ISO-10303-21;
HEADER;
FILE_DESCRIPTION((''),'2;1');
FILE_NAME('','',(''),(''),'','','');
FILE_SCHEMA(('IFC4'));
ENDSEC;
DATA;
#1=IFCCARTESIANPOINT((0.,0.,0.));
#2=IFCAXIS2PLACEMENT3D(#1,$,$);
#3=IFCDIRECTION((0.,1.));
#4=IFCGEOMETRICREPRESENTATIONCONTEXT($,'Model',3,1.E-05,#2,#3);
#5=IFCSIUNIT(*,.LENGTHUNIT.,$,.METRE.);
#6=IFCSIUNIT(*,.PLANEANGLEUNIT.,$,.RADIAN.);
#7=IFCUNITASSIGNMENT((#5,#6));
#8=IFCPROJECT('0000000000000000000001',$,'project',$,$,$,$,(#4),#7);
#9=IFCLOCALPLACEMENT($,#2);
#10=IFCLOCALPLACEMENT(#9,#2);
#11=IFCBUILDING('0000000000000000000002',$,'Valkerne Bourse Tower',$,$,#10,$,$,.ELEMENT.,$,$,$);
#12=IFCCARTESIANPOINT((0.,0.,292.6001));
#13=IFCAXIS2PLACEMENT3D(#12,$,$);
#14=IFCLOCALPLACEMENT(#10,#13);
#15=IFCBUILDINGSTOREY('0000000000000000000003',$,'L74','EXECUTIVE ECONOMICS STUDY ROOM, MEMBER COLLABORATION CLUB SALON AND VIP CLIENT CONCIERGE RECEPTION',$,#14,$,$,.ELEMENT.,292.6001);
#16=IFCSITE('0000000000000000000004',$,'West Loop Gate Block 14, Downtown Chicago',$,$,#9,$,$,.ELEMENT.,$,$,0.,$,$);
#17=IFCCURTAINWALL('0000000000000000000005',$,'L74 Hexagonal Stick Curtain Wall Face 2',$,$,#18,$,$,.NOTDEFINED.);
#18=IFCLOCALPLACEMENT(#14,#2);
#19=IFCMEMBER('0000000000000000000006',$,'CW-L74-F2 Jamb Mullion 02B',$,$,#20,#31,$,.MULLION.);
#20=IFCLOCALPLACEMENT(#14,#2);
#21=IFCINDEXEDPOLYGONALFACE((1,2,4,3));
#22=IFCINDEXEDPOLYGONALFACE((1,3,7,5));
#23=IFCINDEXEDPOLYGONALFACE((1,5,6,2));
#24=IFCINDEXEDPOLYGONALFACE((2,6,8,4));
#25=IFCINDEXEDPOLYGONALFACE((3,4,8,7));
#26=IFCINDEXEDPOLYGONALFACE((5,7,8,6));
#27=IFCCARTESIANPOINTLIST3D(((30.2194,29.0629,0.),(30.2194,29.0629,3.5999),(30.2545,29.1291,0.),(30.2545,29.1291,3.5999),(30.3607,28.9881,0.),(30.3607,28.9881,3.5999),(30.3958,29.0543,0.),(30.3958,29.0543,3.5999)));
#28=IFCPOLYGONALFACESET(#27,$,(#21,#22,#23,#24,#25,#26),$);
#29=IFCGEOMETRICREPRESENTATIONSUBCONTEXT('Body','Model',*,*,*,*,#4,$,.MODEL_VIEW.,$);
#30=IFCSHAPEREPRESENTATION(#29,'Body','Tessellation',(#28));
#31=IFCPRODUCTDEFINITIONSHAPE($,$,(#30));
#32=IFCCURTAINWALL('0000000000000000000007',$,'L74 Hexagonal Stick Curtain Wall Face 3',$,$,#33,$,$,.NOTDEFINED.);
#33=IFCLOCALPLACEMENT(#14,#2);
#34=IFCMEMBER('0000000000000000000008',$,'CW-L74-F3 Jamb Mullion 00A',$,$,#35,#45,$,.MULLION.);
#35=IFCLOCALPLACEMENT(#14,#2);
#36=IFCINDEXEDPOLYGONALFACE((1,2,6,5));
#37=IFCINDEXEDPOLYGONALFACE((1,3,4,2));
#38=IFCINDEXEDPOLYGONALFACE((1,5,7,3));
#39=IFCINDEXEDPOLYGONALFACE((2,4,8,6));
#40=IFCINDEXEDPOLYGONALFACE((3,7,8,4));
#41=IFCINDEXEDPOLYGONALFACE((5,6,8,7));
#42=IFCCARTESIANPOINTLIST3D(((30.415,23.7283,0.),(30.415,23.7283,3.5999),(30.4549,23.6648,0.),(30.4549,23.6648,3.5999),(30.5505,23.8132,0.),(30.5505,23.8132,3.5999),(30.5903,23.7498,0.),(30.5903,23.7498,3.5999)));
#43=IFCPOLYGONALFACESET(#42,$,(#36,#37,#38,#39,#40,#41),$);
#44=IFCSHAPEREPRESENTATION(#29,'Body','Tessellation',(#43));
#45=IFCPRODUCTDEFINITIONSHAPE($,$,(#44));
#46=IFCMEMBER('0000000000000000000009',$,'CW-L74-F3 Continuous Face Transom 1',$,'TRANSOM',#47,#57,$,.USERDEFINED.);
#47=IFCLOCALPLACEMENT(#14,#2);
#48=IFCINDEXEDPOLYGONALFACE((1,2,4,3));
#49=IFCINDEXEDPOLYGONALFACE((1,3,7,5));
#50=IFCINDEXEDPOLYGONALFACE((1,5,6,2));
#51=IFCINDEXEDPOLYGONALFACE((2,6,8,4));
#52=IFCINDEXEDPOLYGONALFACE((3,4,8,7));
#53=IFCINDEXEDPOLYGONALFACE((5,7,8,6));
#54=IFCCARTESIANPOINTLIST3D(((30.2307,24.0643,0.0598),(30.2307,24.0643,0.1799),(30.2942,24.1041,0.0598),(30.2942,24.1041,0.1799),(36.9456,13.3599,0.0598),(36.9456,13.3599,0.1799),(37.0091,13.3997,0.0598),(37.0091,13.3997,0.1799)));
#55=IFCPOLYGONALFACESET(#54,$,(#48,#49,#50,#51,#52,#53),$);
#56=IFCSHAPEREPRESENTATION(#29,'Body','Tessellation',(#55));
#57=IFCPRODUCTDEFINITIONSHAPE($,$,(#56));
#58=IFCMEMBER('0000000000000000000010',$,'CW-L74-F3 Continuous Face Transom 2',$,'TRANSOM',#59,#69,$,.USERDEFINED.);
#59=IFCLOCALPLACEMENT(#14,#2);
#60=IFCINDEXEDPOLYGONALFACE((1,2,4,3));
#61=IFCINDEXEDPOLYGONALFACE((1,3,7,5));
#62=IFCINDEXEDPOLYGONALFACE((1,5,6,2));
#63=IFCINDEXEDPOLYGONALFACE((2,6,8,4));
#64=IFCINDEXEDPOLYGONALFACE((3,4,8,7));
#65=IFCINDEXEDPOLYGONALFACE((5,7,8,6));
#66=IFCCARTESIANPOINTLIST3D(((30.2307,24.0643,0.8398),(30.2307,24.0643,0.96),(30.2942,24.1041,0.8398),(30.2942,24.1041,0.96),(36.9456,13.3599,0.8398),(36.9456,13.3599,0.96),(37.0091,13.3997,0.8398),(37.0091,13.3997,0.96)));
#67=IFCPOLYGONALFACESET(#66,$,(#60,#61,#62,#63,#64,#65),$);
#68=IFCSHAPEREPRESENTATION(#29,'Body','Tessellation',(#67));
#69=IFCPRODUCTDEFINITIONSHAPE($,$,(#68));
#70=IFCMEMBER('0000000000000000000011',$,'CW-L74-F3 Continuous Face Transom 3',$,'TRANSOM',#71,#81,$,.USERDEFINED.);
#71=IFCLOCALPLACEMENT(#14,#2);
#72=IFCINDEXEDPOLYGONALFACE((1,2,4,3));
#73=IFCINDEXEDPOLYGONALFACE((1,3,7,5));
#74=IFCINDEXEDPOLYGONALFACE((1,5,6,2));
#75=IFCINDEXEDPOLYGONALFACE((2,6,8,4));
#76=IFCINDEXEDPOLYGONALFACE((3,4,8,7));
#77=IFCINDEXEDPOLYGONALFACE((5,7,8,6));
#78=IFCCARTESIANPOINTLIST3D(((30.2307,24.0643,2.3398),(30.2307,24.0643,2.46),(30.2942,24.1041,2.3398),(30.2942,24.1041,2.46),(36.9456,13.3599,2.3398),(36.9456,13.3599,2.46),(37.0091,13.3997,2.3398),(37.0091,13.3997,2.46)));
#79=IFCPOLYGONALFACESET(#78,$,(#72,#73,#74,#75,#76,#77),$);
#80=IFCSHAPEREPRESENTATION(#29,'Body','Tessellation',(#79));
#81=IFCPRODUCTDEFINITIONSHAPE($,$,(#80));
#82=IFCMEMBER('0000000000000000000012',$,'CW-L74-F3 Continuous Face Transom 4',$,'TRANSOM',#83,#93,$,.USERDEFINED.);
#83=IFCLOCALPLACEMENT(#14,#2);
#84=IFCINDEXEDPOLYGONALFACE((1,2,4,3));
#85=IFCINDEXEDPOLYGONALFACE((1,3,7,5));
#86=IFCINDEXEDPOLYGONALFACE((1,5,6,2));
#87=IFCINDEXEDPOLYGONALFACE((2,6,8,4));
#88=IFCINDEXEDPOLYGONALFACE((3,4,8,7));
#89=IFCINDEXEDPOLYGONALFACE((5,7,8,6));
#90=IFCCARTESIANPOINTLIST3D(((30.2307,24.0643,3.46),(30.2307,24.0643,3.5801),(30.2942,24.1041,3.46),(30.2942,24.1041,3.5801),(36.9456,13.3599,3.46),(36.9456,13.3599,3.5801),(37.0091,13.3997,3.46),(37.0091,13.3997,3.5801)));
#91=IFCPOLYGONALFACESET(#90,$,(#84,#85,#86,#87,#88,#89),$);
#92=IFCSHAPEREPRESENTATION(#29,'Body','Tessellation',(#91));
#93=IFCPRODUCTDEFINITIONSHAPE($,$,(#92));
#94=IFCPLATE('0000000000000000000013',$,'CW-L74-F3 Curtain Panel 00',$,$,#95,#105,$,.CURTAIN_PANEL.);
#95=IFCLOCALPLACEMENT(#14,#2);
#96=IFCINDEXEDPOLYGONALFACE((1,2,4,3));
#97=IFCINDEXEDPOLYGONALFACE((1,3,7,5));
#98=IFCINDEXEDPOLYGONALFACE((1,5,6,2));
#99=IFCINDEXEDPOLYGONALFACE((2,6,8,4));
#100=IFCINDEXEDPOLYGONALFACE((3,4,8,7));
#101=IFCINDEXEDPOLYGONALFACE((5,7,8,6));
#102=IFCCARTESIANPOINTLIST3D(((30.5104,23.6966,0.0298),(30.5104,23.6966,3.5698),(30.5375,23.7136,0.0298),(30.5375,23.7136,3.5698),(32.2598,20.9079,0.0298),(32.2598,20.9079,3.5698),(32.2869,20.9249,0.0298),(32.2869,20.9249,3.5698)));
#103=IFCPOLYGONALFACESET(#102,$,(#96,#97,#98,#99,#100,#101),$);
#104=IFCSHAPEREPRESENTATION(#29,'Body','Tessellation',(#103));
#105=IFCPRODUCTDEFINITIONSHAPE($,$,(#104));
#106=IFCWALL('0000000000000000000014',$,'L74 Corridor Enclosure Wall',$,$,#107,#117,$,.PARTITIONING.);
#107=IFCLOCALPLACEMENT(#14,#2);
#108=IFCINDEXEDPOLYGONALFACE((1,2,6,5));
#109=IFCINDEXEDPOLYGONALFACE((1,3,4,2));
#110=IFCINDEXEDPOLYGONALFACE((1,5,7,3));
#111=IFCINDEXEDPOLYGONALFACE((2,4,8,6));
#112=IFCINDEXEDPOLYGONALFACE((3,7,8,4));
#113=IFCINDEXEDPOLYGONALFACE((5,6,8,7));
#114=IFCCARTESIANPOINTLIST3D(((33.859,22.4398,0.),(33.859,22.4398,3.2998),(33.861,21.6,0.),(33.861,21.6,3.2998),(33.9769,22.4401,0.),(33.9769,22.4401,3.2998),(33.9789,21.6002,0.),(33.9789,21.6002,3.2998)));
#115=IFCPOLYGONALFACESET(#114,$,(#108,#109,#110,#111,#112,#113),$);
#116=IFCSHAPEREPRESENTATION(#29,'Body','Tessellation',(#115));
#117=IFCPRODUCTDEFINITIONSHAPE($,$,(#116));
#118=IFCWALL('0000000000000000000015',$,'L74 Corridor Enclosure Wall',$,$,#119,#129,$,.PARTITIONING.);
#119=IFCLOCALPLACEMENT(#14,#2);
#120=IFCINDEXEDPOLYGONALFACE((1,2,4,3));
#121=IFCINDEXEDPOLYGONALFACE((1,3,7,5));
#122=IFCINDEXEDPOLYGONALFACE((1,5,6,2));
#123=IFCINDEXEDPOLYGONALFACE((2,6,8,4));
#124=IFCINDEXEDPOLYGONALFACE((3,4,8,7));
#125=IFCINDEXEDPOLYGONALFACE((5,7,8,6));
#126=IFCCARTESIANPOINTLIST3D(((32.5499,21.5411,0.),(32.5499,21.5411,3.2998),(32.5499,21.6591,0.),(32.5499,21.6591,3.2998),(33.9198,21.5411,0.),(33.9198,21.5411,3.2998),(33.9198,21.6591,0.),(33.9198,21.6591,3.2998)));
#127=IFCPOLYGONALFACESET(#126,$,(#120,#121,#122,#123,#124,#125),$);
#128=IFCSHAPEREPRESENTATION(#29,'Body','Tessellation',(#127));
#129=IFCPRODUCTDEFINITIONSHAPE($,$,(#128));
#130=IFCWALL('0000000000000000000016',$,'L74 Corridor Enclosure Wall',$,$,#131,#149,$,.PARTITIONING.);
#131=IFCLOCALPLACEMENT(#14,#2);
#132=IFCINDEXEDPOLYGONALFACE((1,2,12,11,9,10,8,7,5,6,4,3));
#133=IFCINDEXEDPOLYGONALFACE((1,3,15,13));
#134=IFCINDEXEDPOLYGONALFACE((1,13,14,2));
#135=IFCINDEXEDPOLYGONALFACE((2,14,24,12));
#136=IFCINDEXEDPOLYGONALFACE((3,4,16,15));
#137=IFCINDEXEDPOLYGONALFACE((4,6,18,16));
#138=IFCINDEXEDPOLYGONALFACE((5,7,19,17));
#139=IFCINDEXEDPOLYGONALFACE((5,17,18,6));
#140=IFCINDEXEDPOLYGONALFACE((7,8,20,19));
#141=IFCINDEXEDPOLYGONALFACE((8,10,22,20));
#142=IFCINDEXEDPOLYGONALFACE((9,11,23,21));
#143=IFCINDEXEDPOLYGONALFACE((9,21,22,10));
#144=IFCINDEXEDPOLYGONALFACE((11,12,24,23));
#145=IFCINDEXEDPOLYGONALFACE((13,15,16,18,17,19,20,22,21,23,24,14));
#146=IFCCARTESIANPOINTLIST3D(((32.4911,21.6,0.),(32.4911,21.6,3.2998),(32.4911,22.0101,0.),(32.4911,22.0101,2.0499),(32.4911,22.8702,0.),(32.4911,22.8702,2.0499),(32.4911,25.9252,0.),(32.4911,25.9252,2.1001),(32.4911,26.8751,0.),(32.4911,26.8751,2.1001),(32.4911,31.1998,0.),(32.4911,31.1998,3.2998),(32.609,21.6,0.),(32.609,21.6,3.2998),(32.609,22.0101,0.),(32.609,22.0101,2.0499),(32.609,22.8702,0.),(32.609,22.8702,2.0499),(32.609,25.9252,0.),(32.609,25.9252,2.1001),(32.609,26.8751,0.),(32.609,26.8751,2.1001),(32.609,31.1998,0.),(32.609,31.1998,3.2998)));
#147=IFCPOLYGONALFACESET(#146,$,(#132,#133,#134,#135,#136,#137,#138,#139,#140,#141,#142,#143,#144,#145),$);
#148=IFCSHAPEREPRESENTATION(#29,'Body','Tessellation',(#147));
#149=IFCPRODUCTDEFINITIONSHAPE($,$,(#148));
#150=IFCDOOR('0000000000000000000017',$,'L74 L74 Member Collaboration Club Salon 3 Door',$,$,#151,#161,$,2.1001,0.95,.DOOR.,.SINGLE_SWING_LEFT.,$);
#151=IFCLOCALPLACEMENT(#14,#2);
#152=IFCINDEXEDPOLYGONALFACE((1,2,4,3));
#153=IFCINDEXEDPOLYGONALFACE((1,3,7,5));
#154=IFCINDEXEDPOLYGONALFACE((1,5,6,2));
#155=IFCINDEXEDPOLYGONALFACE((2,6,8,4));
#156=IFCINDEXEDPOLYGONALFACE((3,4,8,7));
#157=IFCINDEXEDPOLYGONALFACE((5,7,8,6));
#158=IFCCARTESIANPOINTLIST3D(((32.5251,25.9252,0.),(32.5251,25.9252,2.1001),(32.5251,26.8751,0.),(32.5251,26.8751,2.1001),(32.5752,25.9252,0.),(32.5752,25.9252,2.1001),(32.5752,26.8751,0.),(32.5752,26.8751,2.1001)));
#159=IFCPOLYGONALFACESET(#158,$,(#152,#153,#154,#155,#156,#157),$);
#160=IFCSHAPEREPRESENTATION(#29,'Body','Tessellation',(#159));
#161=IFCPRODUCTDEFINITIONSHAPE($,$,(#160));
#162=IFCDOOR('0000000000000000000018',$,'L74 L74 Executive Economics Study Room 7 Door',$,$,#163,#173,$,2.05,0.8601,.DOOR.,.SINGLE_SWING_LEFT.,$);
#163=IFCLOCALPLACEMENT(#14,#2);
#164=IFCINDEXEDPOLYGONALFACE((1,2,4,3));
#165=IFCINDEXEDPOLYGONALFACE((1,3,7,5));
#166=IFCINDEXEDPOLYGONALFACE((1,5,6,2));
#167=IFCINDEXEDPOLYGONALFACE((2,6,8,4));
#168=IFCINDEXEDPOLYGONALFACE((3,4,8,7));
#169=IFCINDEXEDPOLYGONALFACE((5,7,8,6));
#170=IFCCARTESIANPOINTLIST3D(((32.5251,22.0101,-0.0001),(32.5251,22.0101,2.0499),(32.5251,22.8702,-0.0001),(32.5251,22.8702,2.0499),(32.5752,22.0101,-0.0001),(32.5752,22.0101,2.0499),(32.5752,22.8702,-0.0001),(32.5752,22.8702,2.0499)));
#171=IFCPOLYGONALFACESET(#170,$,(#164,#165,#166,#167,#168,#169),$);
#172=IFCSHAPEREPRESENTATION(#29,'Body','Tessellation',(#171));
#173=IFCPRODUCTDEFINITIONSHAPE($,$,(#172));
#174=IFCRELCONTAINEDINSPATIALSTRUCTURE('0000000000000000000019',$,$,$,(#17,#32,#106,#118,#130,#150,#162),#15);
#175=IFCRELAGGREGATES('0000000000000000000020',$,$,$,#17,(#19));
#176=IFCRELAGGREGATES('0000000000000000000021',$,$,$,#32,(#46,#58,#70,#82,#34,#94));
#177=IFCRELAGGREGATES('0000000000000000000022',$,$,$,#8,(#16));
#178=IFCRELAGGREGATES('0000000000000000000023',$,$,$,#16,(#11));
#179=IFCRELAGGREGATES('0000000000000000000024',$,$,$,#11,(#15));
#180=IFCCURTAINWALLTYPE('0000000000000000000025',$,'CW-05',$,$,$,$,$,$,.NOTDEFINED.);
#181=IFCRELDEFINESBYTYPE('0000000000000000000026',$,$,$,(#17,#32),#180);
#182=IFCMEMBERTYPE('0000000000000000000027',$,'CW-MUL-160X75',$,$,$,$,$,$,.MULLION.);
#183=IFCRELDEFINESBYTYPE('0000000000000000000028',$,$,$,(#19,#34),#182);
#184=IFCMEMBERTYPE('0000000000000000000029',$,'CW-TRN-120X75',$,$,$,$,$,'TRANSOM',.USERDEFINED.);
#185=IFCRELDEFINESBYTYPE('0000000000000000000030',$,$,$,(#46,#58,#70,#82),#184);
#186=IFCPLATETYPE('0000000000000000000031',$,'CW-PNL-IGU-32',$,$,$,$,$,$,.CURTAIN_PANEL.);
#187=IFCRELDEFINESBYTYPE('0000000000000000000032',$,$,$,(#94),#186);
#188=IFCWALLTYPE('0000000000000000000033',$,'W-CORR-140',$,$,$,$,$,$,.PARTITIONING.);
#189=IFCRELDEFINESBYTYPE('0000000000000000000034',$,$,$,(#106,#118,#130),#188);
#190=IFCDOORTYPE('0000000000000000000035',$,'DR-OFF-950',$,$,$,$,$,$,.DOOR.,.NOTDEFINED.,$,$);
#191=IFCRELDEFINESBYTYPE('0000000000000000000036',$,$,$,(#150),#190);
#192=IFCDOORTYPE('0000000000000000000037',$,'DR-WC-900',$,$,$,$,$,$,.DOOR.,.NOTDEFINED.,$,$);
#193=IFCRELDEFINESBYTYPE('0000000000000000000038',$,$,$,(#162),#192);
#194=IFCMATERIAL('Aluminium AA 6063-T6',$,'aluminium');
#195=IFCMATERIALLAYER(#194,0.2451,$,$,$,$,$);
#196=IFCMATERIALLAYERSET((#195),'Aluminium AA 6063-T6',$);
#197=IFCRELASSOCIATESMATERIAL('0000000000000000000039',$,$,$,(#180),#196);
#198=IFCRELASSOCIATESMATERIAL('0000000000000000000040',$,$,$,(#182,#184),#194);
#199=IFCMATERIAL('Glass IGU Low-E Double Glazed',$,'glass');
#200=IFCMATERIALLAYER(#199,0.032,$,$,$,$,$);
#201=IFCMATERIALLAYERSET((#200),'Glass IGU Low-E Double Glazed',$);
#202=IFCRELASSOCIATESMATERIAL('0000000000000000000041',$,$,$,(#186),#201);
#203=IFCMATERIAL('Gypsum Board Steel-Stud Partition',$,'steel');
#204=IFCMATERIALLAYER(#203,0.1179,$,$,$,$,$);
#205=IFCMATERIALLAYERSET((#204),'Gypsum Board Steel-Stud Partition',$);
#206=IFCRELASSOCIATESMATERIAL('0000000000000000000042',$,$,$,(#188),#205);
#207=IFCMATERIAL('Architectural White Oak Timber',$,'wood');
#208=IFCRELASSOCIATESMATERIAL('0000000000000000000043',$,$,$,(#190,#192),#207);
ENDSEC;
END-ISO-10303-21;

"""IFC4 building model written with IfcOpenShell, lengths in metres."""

from ifc_helpers import new_model, si_unit, direction, frame, frame_2d, origin, origin_2d, place, context, subcontext, project, spatial, rectangle, extrude, material, layer, layer_set, material_profile, profile_set, type_object, element, fill, aggregate, save


model = new_model("IFC4")

# Units and contexts
model_context = context("Model", 3, precision=1e-05, world=origin(), true_north=direction((0.0, 1.0)))
body_context = subcontext(model_context, "Body", "Model", "MODEL_VIEW")
ifc_project = project(units=[si_unit("LENGTHUNIT", "METRE"), si_unit("PLANEANGLEUNIT", "RADIAN")], contexts=[model_context])

# Site, building, storey
site_placement = place(None, origin())
site = spatial("IfcSite", under=ifc_project, at=site_placement, Name="West Loop Gate Block 14, Downtown Chicago", CompositionType="ELEMENT", RefElevation=0.0)
building_placement = place(site_placement, origin())
building = spatial("IfcBuilding", under=site, at=building_placement, Name="Valkerne Bourse Tower", CompositionType="ELEMENT")
storey_placement = place(building_placement, frame((0.0, 0.0, 292.6001)))
storey = spatial("IfcBuildingStorey", under=building, at=storey_placement, Name="L74", Description="EXECUTIVE ECONOMICS STUDY ROOM, MEMBER COLLABORATION CLUB SALON AND VIP CLIENT CONCIERGE RECEPTION", CompositionType="ELEMENT", Elevation=292.6001)

# Curtain wall, member
ifc_material_1 = material(Name="Aluminium AA 6063-T6", Category="aluminium")
ifc_layer_1 = layer(ifc_material_1, 0.2451)
ifc_layer_set_1 = layer_set([ifc_layer_1], Name="Aluminium AA 6063-T6")
curtain_wall_type = type_object("IfcCurtainWallType", Name="CW-05", PredefinedType="NOTDEFINED", material=ifc_layer_set_1)
curtain_wall_1_placement = place(storey_placement, origin())
curtain_wall_1 = element("IfcCurtainWall", 1, at=curtain_wall_1_placement, inside=storey, type_object=curtain_wall_type, Name="L74 Hexagonal Stick Curtain Wall Face 2", PredefinedType="NOTDEFINED")
ifc_material_profile_1 = material_profile(ifc_material_1, rectangle(XDim=0.075, YDim=0.1599, at=origin_2d()), Name="CWM-75X160")
ifc_profile_set_1 = profile_set([ifc_material_profile_1], Name="Aluminium AA 6063-T6")
member_type_1 = type_object("IfcMemberType", Name="CW-MUL-160X75", PredefinedType="MULLION", material=ifc_profile_set_1)
member_1_placement = place(storey_placement, frame((30.3076, 29.0586, 0.0), z_axis=(0.0, 0.0, 1.0), x_axis=(-0.467928, -0.883767, 0.0)))
member_1 = element("IfcMember", 2, at=member_1_placement, type_object=member_type_1, Name="CW-L74-F2 Jamb Mullion 02B", PredefinedType="MULLION", context=body_context, shape_type="SweptSolid", body=[
    extrude(rectangle(XDim=0.075, YDim=0.1599, at=origin_2d()), origin(), (0.0, 0.0, 1.0), 3.5999),
])
aggregate(curtain_wall_1, [member_1])

# Curtain wall, members, plate
curtain_wall_2_placement = place(storey_placement, origin())
curtain_wall_2 = element("IfcCurtainWall", 3, at=curtain_wall_2_placement, inside=storey, type_object=curtain_wall_type, Name="L74 Hexagonal Stick Curtain Wall Face 3", PredefinedType="NOTDEFINED")
member_2_placement = place(storey_placement, frame((30.5027, 23.739, 0.0), z_axis=(0.0, 0.0, 1.0), x_axis=(0.531405, -0.847118, 0.0)))
member_2 = element("IfcMember", 4, at=member_2_placement, type_object=member_type_1, Name="CW-L74-F3 Jamb Mullion 00A", PredefinedType="MULLION", context=body_context, shape_type="SweptSolid", body=[
    extrude(rectangle(XDim=0.075, YDim=0.1599, at=origin_2d()), origin(), (0.0, 0.0, 1.0), 3.5999),
])
ifc_material_profile_2 = material_profile(ifc_material_1, rectangle(XDim=0.075, YDim=0.1201, at=origin_2d()), Name="CWT-75X120")
ifc_profile_set_2 = profile_set([ifc_material_profile_2], Name="Aluminium AA 6063-T6")
member_type_2 = type_object("IfcMemberType", Name="CW-TRN-120X75", ElementType="TRANSOM", PredefinedType="USERDEFINED", material=ifc_profile_set_2)
member_3_placement = place(storey_placement, frame((30.2625, 24.0842, 0.1199), z_axis=(0.5314, -0.847121, 0.0), x_axis=(0.847121, 0.5314, 0.0)))
member_3 = element("IfcMember", 5, at=member_3_placement, type_object=member_type_2, Name="CW-L74-F3 Continuous Face Transom 1", ObjectType="TRANSOM", PredefinedType="USERDEFINED", context=body_context, shape_type="SweptSolid", body=[
    extrude(rectangle(XDim=0.075, YDim=0.1201, at=origin_2d()), origin(), (0.0, 0.0, 1.0), 12.6362),
])
member_4_placement = place(storey_placement, frame((30.2625, 24.0842, 0.8999), z_axis=(0.5314, -0.847121, 0.0), x_axis=(0.847121, 0.5314, 0.0)))
member_4 = element("IfcMember", 6, at=member_4_placement, type_object=member_type_2, Name="CW-L74-F3 Continuous Face Transom 2", ObjectType="TRANSOM", PredefinedType="USERDEFINED", context=body_context, shape_type="SweptSolid", body=[
    extrude(rectangle(XDim=0.075, YDim=0.1201, at=origin_2d()), origin(), (0.0, 0.0, 1.0), 12.6362),
])
member_5_placement = place(storey_placement, frame((30.2625, 24.0842, 2.3999), z_axis=(0.5314, -0.847121, 0.0), x_axis=(0.847121, 0.5314, 0.0)))
member_5 = element("IfcMember", 7, at=member_5_placement, type_object=member_type_2, Name="CW-L74-F3 Continuous Face Transom 3", ObjectType="TRANSOM", PredefinedType="USERDEFINED", context=body_context, shape_type="SweptSolid", body=[
    extrude(rectangle(XDim=0.075, YDim=0.1201, at=origin_2d()), origin(), (0.0, 0.0, 1.0), 12.6362),
])
member_6_placement = place(storey_placement, frame((30.2625, 24.0842, 3.52), z_axis=(0.5314, -0.847121, 0.0), x_axis=(0.847121, 0.5314, 0.0)))
member_6 = element("IfcMember", 8, at=member_6_placement, type_object=member_type_2, Name="CW-L74-F3 Continuous Face Transom 4", ObjectType="TRANSOM", PredefinedType="USERDEFINED", context=body_context, shape_type="SweptSolid", body=[
    extrude(rectangle(XDim=0.075, YDim=0.1201, at=origin_2d()), origin(), (0.0, 0.0, 1.0), 12.6362),
])
ifc_material_2 = material(Name="Glass IGU Low-E Double Glazed", Category="glass")
ifc_layer_2 = layer(ifc_material_2, 0.032)
ifc_layer_set_2 = layer_set([ifc_layer_2], Name="Glass IGU Low-E Double Glazed")
plate_type = type_object("IfcPlateType", Name="CW-PNL-IGU-32", PredefinedType="CURTAIN_PANEL", material=ifc_layer_set_2)
plate_placement = place(storey_placement, frame((31.3987, 22.3108, 0.0298), z_axis=(0.0, 0.0, 1.0), x_axis=(0.531405, -0.847118, 0.0)))
plate = element("IfcPlate", 9, at=plate_placement, type_object=plate_type, Name="CW-L74-F3 Curtain Panel 00", PredefinedType="CURTAIN_PANEL", context=body_context, shape_type="SweptSolid", body=[
    extrude(rectangle(XDim=3.292, YDim=0.032, at=origin_2d()), origin(), (0.0, 0.0, 1.0), 3.54),
])
aggregate(curtain_wall_2, [member_3, member_4, member_5, member_6, member_2, plate])

# Walls
ifc_material_3 = material(Name="Gypsum Board Steel-Stud Partition", Category="steel")
ifc_layer_3 = layer(ifc_material_3, 0.1179)
ifc_layer_set_3 = layer_set([ifc_layer_3], Name="Gypsum Board Steel-Stud Partition")
wall_type_1 = type_object("IfcWallType", Name="W-CORR-140", PredefinedType="PARTITIONING", material=ifc_layer_set_3)
wall_1_placement = place(storey_placement, frame((33.918, 22.4399, 0.0), z_axis=(0.0, 0.0, 1.0), x_axis=(0.002326, -0.999997, 0.0)))
element("IfcWall", 10, at=wall_1_placement, inside=storey, type_object=wall_type_1, Name="L74 Corridor Enclosure Wall", PredefinedType="PARTITIONING", context=body_context, shape_type="SweptSolid", body=[
    extrude(rectangle(XDim=0.8398, YDim=0.1179, at=frame_2d((0.4199, 0.0))), origin(), (0.0, 0.0, 1.0), 3.2998),
])
wall_2_placement = place(storey_placement, frame((33.9199, 21.6001, 0.0), z_axis=(0.0, 0.0, 1.0), x_axis=(-1.0, 0.0, 0.0)))
element("IfcWall", 11, at=wall_2_placement, inside=storey, type_object=wall_type_1, Name="L74 Corridor Enclosure Wall", PredefinedType="PARTITIONING", context=body_context, shape_type="SweptSolid", body=[
    extrude(rectangle(XDim=1.3699, YDim=0.1179, at=frame_2d((0.6851, 0.0))), origin(), (0.0, 0.0, 1.0), 3.2998),
])

# Wall, openings, doors
wall_3_placement = place(storey_placement, frame((32.55, 21.6001, 0.0), z_axis=(0.0, 0.0, 1.0), x_axis=(0.0, 1.0, 0.0)))
wall_3 = element("IfcWall", 12, at=wall_3_placement, inside=storey, type_object=wall_type_1, Name="L74 Corridor Enclosure Wall", PredefinedType="PARTITIONING", context=body_context, shape_type="SweptSolid", body=[
    extrude(rectangle(XDim=9.5999, YDim=0.1179, at=frame_2d((4.7998, 0.0))), origin(), (0.0, 0.0, 1.0), 3.2998),
])
opening_1_placement = place(wall_3_placement, frame((4.325, 0.0, 0.0)))
opening_1 = element("IfcOpeningElement", 13, at=opening_1_placement, cuts=wall_3, PredefinedType="OPENING", context=body_context, shape_type="SweptSolid", body=[
    extrude(rectangle(XDim=0.95, YDim=2.1001, at=frame_2d((0.4751, 1.05))), frame((0.0, 0.0688, 0.0), z_axis=(0.0, -1.0, 0.0), x_axis=(1.0, 0.0, 0.0)), (0.0, 0.0, 1.0), 0.1379),
])
opening_2_placement = place(wall_3_placement, frame((0.4099, 0.0, 0.0)))
opening_2 = element("IfcOpeningElement", 14, at=opening_2_placement, cuts=wall_3, PredefinedType="OPENING", context=body_context, shape_type="SweptSolid", body=[
    extrude(rectangle(XDim=0.8601, YDim=2.05, at=frame_2d((0.4302, 1.0249))), frame((0.0, 0.0688, 0.0), z_axis=(0.0, -1.0, 0.0), x_axis=(1.0, 0.0, 0.0)), (0.0, 0.0, 1.0), 0.1379),
])
ifc_material_4 = material(Name="Architectural White Oak Timber", Category="wood")
door_type_1 = type_object("IfcDoorType", Name="DR-OFF-950", OperationType="NOTDEFINED", PredefinedType="DOOR", material=ifc_material_4)
door_1_placement = place(opening_1_placement, origin())
door_1 = element("IfcDoor", 15, at=door_1_placement, inside=storey, type_object=door_type_1, Name="L74 L74 Member Collaboration Club Salon 3 Door", OperationType="SINGLE_SWING_LEFT", OverallHeight=2.1001, OverallWidth=0.95, PredefinedType="DOOR", context=body_context, shape_type="SweptSolid", body=[
    extrude(rectangle(XDim=0.95, YDim=2.1001, at=frame_2d((0.4751, 1.05))), frame((0.0, 0.0249, 0.0), z_axis=(0.0, -1.0, 0.0), x_axis=(1.0, 0.0, 0.0)), (0.0, 0.0, 1.0), 0.05),
])
fill(opening_1, door_1)
door_type_2 = type_object("IfcDoorType", Name="DR-WC-900", OperationType="NOTDEFINED", PredefinedType="DOOR", material=ifc_material_4)
door_2_placement = place(opening_2_placement, origin())
door_2 = element("IfcDoor", 16, at=door_2_placement, inside=storey, type_object=door_type_2, Name="L74 L74 Executive Economics Study Room 7 Door", OperationType="SINGLE_SWING_LEFT", OverallHeight=2.05, OverallWidth=0.8601, PredefinedType="DOOR", context=body_context, shape_type="SweptSolid", body=[
    extrude(rectangle(XDim=0.8601, YDim=2.05, at=frame_2d((0.4302, 1.0249))), frame((0.0, 0.0249, 0.0), z_axis=(0.0, -1.0, 0.0), x_axis=(1.0, 0.0, 0.0)), (0.0, 0.0, 1.0), 0.05),
])
fill(opening_2, door_2)

save(model, "model.ifc")
